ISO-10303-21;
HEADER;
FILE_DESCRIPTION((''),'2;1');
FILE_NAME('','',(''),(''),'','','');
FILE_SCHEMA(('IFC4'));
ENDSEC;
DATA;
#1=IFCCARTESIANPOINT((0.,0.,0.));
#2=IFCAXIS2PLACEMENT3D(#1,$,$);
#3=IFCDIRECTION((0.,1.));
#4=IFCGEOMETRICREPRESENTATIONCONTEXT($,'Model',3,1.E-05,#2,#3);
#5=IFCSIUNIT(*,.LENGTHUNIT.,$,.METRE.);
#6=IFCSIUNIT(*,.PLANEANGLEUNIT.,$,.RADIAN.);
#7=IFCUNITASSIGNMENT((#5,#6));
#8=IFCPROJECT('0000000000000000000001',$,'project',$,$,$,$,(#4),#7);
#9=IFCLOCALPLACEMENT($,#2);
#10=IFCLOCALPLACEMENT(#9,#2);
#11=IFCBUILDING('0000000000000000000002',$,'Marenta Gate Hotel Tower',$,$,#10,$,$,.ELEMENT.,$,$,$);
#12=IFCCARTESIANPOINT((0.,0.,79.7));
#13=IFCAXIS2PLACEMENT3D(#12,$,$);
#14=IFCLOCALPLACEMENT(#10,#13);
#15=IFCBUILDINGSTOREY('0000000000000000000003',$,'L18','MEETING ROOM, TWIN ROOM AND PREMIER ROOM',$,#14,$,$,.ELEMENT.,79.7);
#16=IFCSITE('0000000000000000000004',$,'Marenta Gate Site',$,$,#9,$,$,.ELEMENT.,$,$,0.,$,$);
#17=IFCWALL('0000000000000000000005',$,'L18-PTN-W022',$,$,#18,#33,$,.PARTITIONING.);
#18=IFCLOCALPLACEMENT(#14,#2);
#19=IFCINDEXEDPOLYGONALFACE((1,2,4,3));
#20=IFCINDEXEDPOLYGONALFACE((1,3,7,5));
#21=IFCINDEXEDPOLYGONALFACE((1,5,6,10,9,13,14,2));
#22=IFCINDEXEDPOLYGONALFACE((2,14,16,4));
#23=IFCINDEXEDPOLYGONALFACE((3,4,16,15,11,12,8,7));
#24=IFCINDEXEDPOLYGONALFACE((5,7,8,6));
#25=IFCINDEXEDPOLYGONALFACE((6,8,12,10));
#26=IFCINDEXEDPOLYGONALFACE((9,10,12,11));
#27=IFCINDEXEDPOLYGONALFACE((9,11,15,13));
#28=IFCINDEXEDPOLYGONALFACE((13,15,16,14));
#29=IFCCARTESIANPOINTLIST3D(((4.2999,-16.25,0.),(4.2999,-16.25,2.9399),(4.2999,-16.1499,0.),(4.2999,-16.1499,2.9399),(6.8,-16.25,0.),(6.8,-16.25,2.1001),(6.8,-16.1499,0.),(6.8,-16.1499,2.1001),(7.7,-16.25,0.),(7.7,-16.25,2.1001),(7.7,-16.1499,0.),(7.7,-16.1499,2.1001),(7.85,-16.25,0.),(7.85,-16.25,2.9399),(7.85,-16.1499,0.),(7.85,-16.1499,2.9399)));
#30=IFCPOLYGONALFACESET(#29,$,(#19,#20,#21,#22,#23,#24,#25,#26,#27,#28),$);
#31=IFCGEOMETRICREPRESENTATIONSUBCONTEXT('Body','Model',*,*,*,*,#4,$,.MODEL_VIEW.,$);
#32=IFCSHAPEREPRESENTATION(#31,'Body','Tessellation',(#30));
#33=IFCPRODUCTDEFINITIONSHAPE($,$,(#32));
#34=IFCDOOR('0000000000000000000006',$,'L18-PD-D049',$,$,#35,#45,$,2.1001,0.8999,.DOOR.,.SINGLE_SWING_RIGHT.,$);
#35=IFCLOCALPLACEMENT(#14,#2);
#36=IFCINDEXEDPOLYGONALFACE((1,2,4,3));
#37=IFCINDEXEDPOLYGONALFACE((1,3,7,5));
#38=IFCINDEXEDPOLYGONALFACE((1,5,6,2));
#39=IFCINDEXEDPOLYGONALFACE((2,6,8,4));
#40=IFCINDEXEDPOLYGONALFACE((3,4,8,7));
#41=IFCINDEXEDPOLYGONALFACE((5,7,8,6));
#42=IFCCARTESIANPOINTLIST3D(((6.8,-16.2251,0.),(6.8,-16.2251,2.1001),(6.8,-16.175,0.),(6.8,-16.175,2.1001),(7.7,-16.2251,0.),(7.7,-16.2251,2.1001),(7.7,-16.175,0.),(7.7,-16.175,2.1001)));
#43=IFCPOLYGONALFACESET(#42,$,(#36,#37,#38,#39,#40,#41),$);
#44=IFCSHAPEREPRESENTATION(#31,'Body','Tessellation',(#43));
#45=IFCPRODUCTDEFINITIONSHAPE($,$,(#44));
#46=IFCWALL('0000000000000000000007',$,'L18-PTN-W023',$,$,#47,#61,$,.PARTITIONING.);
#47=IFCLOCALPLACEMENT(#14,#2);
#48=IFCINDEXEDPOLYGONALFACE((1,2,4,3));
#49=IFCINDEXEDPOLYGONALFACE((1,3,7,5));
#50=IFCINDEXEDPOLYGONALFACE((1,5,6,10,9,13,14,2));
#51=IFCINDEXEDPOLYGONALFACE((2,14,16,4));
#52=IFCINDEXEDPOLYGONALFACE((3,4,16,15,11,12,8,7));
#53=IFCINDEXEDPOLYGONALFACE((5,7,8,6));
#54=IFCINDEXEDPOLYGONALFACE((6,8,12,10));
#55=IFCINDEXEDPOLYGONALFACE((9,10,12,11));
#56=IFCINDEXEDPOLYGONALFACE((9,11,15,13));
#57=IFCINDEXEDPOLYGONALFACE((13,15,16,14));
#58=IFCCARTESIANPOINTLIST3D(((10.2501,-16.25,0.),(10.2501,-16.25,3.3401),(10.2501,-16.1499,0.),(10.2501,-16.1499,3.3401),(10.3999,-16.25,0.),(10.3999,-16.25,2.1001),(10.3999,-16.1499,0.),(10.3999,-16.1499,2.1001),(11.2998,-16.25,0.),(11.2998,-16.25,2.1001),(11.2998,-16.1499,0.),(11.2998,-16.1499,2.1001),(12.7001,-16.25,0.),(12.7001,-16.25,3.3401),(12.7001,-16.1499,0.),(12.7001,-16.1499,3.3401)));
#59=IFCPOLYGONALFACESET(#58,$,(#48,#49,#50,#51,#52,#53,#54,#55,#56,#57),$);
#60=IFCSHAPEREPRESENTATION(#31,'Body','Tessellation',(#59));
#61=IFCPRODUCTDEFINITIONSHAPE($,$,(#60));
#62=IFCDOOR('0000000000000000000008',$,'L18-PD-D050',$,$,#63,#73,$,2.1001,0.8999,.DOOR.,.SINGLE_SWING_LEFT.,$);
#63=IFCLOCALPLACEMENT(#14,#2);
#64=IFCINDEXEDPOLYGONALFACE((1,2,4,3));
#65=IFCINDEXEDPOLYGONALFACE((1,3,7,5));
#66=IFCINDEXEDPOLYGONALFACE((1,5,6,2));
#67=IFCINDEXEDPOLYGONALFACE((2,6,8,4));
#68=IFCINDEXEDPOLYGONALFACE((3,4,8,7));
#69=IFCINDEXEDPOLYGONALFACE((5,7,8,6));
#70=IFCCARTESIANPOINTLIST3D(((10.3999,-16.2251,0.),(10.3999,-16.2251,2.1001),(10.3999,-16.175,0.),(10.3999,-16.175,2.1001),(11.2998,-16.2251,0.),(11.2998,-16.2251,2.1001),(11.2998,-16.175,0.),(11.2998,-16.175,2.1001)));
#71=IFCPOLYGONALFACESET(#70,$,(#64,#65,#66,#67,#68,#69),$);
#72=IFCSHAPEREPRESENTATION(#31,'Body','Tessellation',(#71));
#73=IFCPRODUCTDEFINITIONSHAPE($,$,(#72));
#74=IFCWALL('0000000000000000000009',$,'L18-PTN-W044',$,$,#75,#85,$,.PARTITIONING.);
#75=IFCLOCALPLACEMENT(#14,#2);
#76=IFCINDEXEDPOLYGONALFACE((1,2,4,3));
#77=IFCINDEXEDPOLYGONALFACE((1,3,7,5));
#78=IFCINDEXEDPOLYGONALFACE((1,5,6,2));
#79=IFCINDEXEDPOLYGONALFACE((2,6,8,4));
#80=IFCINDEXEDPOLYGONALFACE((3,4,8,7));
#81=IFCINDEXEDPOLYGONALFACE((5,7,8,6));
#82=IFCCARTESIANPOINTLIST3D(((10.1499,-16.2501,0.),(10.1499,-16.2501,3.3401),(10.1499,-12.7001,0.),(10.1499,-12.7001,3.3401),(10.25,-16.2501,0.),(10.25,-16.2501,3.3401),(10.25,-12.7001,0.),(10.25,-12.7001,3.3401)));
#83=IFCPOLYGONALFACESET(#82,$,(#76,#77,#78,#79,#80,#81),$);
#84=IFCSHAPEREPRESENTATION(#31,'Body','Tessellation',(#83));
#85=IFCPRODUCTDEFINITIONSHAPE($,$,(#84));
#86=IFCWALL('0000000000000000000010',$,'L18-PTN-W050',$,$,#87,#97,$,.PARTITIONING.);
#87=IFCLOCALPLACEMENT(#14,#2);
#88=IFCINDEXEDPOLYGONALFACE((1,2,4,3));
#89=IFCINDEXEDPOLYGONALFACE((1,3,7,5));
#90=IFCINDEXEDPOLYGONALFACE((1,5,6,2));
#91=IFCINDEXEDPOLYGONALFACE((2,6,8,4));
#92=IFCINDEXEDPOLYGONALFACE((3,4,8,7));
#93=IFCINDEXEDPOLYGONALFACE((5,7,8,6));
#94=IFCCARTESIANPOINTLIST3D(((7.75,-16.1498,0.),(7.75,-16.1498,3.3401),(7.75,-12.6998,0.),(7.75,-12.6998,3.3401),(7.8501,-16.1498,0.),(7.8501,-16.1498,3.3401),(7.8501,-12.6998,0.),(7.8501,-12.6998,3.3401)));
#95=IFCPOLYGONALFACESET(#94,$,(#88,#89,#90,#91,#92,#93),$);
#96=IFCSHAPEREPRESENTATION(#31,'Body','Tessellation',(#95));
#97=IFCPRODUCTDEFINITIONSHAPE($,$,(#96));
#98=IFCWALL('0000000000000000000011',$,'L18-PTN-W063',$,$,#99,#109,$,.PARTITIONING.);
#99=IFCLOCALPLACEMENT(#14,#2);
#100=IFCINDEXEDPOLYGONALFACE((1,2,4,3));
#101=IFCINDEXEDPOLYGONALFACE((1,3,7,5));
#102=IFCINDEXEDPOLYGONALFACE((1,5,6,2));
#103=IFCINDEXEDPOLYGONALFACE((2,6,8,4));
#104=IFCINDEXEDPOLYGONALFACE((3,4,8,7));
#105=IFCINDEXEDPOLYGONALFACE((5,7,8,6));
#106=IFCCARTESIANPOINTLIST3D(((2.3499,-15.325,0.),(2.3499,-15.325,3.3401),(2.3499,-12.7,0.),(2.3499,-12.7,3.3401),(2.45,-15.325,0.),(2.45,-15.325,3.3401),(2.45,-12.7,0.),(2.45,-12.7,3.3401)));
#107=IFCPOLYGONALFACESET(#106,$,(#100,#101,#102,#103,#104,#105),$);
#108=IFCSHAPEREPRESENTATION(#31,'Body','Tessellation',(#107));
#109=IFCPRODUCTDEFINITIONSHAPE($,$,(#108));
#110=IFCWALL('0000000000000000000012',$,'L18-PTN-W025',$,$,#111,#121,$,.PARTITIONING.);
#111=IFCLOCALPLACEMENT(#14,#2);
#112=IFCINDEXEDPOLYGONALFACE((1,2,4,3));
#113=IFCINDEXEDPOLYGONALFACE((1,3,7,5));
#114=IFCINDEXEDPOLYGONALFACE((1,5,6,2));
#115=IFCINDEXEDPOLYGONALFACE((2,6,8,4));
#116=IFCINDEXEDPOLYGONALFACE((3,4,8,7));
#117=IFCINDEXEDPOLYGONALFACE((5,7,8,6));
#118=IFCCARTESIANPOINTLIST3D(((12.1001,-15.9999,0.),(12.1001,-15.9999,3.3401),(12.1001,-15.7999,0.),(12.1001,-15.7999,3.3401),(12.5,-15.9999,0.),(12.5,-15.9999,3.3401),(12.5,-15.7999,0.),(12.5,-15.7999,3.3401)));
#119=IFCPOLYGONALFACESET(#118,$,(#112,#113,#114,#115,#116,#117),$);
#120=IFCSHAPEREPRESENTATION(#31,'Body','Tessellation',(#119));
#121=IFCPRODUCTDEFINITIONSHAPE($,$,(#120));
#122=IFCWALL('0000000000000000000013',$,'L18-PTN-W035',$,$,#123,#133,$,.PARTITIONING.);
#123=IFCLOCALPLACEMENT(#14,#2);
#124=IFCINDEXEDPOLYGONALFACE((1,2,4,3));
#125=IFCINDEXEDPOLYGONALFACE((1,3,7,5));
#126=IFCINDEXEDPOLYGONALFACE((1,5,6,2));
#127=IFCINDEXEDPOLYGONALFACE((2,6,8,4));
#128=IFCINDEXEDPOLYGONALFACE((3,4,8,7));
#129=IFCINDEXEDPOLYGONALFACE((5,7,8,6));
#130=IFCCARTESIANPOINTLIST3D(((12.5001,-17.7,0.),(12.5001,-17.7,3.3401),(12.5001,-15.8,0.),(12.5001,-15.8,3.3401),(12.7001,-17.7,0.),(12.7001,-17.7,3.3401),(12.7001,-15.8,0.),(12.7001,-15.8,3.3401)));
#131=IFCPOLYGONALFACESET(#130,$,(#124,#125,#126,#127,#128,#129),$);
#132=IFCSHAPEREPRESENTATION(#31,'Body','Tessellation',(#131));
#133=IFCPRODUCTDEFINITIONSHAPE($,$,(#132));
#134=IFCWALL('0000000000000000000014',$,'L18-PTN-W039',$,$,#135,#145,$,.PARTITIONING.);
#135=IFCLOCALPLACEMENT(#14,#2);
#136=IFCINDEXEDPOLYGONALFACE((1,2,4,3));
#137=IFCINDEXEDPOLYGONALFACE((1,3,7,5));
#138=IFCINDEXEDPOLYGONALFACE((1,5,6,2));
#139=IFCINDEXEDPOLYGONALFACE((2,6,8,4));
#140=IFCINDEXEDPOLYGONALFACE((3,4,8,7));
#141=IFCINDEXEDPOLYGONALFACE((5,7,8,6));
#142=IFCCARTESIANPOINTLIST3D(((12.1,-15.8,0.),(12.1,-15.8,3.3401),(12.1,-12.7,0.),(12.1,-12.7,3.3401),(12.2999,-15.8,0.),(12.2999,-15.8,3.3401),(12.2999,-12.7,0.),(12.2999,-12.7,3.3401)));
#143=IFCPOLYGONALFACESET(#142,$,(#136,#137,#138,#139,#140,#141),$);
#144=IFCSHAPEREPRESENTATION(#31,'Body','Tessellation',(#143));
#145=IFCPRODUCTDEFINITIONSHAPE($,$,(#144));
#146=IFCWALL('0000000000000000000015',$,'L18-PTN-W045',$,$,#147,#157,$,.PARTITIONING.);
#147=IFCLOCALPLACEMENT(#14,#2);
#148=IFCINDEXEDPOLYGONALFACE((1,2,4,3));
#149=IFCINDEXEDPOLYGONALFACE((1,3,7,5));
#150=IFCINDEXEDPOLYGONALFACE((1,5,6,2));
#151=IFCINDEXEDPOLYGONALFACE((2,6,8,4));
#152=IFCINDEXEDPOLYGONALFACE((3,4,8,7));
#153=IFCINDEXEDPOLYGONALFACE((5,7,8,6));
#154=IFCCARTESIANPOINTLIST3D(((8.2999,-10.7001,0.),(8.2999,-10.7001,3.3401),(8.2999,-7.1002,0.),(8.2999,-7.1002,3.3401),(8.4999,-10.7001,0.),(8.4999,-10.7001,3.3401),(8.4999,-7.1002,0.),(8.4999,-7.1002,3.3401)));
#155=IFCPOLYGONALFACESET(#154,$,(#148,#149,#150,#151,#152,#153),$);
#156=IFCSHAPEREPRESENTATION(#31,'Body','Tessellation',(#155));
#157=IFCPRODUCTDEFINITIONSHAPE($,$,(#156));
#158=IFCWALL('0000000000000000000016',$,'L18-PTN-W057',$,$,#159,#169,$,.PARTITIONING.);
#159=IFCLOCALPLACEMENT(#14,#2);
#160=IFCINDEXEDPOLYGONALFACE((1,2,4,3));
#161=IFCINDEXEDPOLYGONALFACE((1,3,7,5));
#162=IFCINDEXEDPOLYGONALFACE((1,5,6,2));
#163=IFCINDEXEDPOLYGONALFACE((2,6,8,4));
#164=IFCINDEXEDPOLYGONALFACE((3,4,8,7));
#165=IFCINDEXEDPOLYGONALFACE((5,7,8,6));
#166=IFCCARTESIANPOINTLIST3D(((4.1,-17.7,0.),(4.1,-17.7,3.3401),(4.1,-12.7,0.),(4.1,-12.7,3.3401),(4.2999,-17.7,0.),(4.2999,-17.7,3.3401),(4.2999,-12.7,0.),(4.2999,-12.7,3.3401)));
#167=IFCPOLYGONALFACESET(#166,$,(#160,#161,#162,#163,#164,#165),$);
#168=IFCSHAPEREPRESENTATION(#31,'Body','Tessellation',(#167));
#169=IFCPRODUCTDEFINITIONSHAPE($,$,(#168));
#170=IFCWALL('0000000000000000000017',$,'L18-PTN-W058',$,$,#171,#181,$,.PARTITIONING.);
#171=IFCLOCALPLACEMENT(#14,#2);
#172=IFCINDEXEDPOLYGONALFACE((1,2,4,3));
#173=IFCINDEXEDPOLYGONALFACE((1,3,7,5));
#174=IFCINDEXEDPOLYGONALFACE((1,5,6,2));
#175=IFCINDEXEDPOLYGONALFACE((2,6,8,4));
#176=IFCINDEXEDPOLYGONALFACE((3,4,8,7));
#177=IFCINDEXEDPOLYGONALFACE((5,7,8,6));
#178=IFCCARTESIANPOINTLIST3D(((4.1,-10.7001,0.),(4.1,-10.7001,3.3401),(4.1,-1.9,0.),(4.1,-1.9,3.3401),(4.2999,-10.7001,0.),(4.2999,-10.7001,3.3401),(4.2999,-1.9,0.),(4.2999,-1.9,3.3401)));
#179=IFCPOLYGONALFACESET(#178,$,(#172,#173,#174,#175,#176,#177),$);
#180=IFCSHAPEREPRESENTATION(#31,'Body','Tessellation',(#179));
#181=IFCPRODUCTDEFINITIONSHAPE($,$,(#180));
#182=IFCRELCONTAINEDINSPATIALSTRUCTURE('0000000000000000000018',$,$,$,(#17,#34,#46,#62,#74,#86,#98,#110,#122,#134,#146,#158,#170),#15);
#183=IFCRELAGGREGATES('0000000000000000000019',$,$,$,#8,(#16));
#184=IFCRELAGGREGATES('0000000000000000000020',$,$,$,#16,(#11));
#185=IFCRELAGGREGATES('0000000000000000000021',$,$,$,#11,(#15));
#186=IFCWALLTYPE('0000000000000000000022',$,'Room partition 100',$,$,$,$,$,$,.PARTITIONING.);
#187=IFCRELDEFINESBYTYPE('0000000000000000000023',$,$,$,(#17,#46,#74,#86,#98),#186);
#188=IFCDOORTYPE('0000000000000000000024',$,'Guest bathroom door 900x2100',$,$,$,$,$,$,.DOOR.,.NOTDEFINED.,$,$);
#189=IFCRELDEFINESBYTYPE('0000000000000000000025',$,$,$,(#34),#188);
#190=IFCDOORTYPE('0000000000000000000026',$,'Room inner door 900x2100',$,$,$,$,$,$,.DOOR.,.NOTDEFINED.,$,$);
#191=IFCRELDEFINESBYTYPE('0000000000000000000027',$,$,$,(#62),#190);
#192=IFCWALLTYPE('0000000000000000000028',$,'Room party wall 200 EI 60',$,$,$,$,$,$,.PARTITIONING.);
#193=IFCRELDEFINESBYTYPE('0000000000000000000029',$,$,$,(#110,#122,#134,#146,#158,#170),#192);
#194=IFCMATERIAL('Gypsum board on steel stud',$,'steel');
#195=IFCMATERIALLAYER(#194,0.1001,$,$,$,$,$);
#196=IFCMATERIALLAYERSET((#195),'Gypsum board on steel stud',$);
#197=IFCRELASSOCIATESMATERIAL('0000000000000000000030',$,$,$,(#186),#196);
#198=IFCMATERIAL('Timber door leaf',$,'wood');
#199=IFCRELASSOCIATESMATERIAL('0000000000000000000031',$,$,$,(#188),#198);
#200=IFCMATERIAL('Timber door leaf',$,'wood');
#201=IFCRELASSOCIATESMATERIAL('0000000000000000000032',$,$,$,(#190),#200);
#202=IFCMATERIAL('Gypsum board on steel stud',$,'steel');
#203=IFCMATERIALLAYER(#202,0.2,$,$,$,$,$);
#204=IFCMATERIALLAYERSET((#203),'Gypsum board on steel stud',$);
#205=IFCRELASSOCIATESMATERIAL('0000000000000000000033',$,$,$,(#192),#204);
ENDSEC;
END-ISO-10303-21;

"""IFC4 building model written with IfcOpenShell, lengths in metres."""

from ifc_helpers import new_model, si_unit, direction, frame, frame_2d, origin, place, context, subcontext, project, spatial, rectangle, extrude, material, layer, layer_set, type_object, element, fill, save


model = new_model("IFC4")

# Units and contexts
model_context = context("Model", 3, precision=1e-05, world=origin(), true_north=direction((0.0, 1.0)))
body_context = subcontext(model_context, "Body", "Model", "MODEL_VIEW")
ifc_project = project(units=[si_unit("LENGTHUNIT", "METRE"), si_unit("PLANEANGLEUNIT", "RADIAN")], contexts=[model_context])

# Site, building, storey
site_placement = place(None, origin())
site = spatial("IfcSite", under=ifc_project, at=site_placement, Name="Marenta Gate Site", CompositionType="ELEMENT", RefElevation=0.0)
building_placement = place(site_placement, origin())
building = spatial("IfcBuilding", under=site, at=building_placement, Name="Marenta Gate Hotel Tower", CompositionType="ELEMENT")
storey_placement = place(building_placement, frame((0.0, 0.0, 79.7)))
storey = spatial("IfcBuildingStorey", under=building, at=storey_placement, Name="L18", Description="MEETING ROOM, TWIN ROOM AND PREMIER ROOM", CompositionType="ELEMENT", Elevation=79.7)

# Walls, openings, doors
ifc_material_1 = material(Name="Gypsum board on steel stud", Category="steel")
ifc_layer_1 = layer(ifc_material_1, 0.1001)
ifc_layer_set_1 = layer_set([ifc_layer_1], Name="Gypsum board on steel stud")
wall_type_1 = type_object("IfcWallType", Name="Room partition 100", PredefinedType="PARTITIONING", material=ifc_layer_set_1)
wall_1_placement = place(storey_placement, frame((4.3, -16.2, 0.0), z_axis=(0.0, 0.0, 1.0), x_axis=(1.0, 0.0, 0.0)))
wall_1 = element("IfcWall", 1, at=wall_1_placement, inside=storey, type_object=wall_type_1, Name="L18-PTN-W022", PredefinedType="PARTITIONING", context=body_context, shape_type="SweptSolid", body=[
    extrude(rectangle(XDim=3.55, YDim=0.1001, at=frame_2d((1.7749, 0.0))), origin(), (0.0, 0.0, 1.0), 2.9399),
])
opening_1_placement = place(wall_1_placement, frame((2.5, 0.0, 0.0)))
opening_1 = element("IfcOpeningElement", 2, at=opening_1_placement, cuts=wall_1, PredefinedType="OPENING", context=body_context, shape_type="SweptSolid", body=[
    extrude(rectangle(XDim=0.8999, YDim=2.1001, at=frame_2d((0.45, 1.05))), frame((0.0, 0.05, 0.0), z_axis=(0.0, -1.0, 0.0), x_axis=(1.0, 0.0, 0.0)), (0.0, 0.0, 1.0), 0.1001),
])
ifc_material_2 = material(Name="Timber door leaf", Category="wood")
door_type_1 = type_object("IfcDoorType", Name="Guest bathroom door 900x2100", OperationType="NOTDEFINED", PredefinedType="DOOR", material=ifc_material_2)
door_1_placement = place(opening_1_placement, origin())
door_1 = element("IfcDoor", 3, at=door_1_placement, inside=storey, type_object=door_type_1, Name="L18-PD-D049", OperationType="SINGLE_SWING_RIGHT", OverallHeight=2.1001, OverallWidth=0.8999, PredefinedType="DOOR", context=body_context, shape_type="SweptSolid", body=[
    extrude(rectangle(XDim=0.8999, YDim=2.1001, at=frame_2d((0.45, 1.05))), frame((0.0, 0.0249, 0.0), z_axis=(0.0, -1.0, 0.0), x_axis=(1.0, 0.0, 0.0)), (0.0, 0.0, 1.0), 0.05),
])
fill(opening_1, door_1)
wall_2_placement = place(storey_placement, frame((10.25, -16.2, 0.0), z_axis=(0.0, 0.0, 1.0), x_axis=(1.0, 0.0, 0.0)))
wall_2 = element("IfcWall", 4, at=wall_2_placement, inside=storey, type_object=wall_type_1, Name="L18-PTN-W023", PredefinedType="PARTITIONING", context=body_context, shape_type="SweptSolid", body=[
    extrude(rectangle(XDim=2.45, YDim=0.1001, at=frame_2d((1.2251, 0.0))), origin(), (0.0, 0.0, 1.0), 3.3401),
])
opening_2_placement = place(wall_2_placement, frame((0.1499, 0.0, 0.0)))
opening_2 = element("IfcOpeningElement", 5, at=opening_2_placement, cuts=wall_2, PredefinedType="OPENING", context=body_context, shape_type="SweptSolid", body=[
    extrude(rectangle(XDim=0.8999, YDim=2.1001, at=frame_2d((0.45, 1.05))), frame((0.0, 0.05, 0.0), z_axis=(0.0, -1.0, 0.0), x_axis=(1.0, 0.0, 0.0)), (0.0, 0.0, 1.0), 0.1001),
])
ifc_material_3 = material(Name="Timber door leaf", Category="wood")
door_type_2 = type_object("IfcDoorType", Name="Room inner door 900x2100", OperationType="NOTDEFINED", PredefinedType="DOOR", material=ifc_material_3)
door_2_placement = place(opening_2_placement, origin())
door_2 = element("IfcDoor", 6, at=door_2_placement, inside=storey, type_object=door_type_2, Name="L18-PD-D050", OperationType="SINGLE_SWING_LEFT", OverallHeight=2.1001, OverallWidth=0.8999, PredefinedType="DOOR", context=body_context, shape_type="SweptSolid", body=[
    extrude(rectangle(XDim=0.8999, YDim=2.1001, at=frame_2d((0.45, 1.05))), frame((0.0, 0.0249, 0.0), z_axis=(0.0, -1.0, 0.0), x_axis=(1.0, 0.0, 0.0)), (0.0, 0.0, 1.0), 0.05),
])
fill(opening_2, door_2)

# Walls
wall_3_placement = place(storey_placement, frame((10.2, -16.25, 0.0), z_axis=(0.0, 0.0, 1.0), x_axis=(0.0, 1.0, 0.0)))
element("IfcWall", 7, at=wall_3_placement, inside=storey, type_object=wall_type_1, Name="L18-PTN-W044", PredefinedType="PARTITIONING", context=body_context, shape_type="SweptSolid", body=[
    extrude(rectangle(XDim=3.55, YDim=0.1001, at=frame_2d((1.7749, 0.0))), origin(), (0.0, 0.0, 1.0), 3.3401),
])
wall_4_placement = place(storey_placement, frame((7.8, -16.1499, 0.0), z_axis=(0.0, 0.0, 1.0), x_axis=(0.0, 1.0, 0.0)))
element("IfcWall", 8, at=wall_4_placement, inside=storey, type_object=wall_type_1, Name="L18-PTN-W050", PredefinedType="PARTITIONING", context=body_context, shape_type="SweptSolid", body=[
    extrude(rectangle(XDim=3.45, YDim=0.1001, at=frame_2d((1.7251, 0.0))), origin(), (0.0, 0.0, 1.0), 3.3401),
])
wall_5_placement = place(storey_placement, frame((2.3999, -15.325, 0.0), z_axis=(0.0, 0.0, 1.0), x_axis=(0.0, 1.0, 0.0)))
element("IfcWall", 9, at=wall_5_placement, inside=storey, type_object=wall_type_1, Name="L18-PTN-W063", PredefinedType="PARTITIONING", context=body_context, shape_type="SweptSolid", body=[
    extrude(rectangle(XDim=2.625, YDim=0.1001, at=frame_2d((1.3125, 0.0))), origin(), (0.0, 0.0, 1.0), 3.3401),
])
ifc_material_4 = material(Name="Gypsum board on steel stud", Category="steel")
ifc_layer_2 = layer(ifc_material_4, 0.2)
ifc_layer_set_2 = layer_set([ifc_layer_2], Name="Gypsum board on steel stud")
wall_type_2 = type_object("IfcWallType", Name="Room party wall 200 EI 60", PredefinedType="PARTITIONING", material=ifc_layer_set_2)
wall_6_placement = place(storey_placement, frame((12.1001, -15.8999, 0.0), z_axis=(0.0, 0.0, 1.0), x_axis=(1.0, 0.0, 0.0)))
element("IfcWall", 10, at=wall_6_placement, inside=storey, type_object=wall_type_2, Name="L18-PTN-W025", PredefinedType="PARTITIONING", context=body_context, shape_type="SweptSolid", body=[
    extrude(rectangle(XDim=0.3999, YDim=0.2, at=frame_2d((0.2, 0.0))), origin(), (0.0, 0.0, 1.0), 3.3401),
])
wall_7_placement = place(storey_placement, frame((12.6001, -17.7, 0.0), z_axis=(0.0, 0.0, 1.0), x_axis=(0.0, 1.0, 0.0)))
element("IfcWall", 11, at=wall_7_placement, inside=storey, type_object=wall_type_2, Name="L18-PTN-W035", PredefinedType="PARTITIONING", context=body_context, shape_type="SweptSolid", body=[
    extrude(rectangle(XDim=1.8999, YDim=0.2, at=frame_2d((0.95, 0.0))), origin(), (0.0, 0.0, 1.0), 3.3401),
])
wall_8_placement = place(storey_placement, frame((12.2, -15.8, 0.0), z_axis=(0.0, 0.0, 1.0), x_axis=(0.0, 1.0, 0.0)))
element("IfcWall", 12, at=wall_8_placement, inside=storey, type_object=wall_type_2, Name="L18-PTN-W039", PredefinedType="PARTITIONING", context=body_context, shape_type="SweptSolid", body=[
    extrude(rectangle(XDim=3.1001, YDim=0.2, at=frame_2d((1.55, 0.0))), origin(), (0.0, 0.0, 1.0), 3.3401),
])
wall_9_placement = place(storey_placement, frame((8.3999, -10.7, 0.0), z_axis=(0.0, 0.0, 1.0), x_axis=(0.0, 1.0, 0.0)))
element("IfcWall", 13, at=wall_9_placement, inside=storey, type_object=wall_type_2, Name="L18-PTN-W045", PredefinedType="PARTITIONING", context=body_context, shape_type="SweptSolid", body=[
    extrude(rectangle(XDim=3.5999, YDim=0.2, at=frame_2d((1.7998, 0.0))), origin(), (0.0, 0.0, 1.0), 3.3401),
])
wall_10_placement = place(storey_placement, frame((4.2, -17.7, 0.0), z_axis=(0.0, 0.0, 1.0), x_axis=(0.0, 1.0, 0.0)))
element("IfcWall", 14, at=wall_10_placement, inside=storey, type_object=wall_type_2, Name="L18-PTN-W057", PredefinedType="PARTITIONING", context=body_context, shape_type="SweptSolid", body=[
    extrude(rectangle(XDim=5.0, YDim=0.2, at=frame_2d((2.5, 0.0))), origin(), (0.0, 0.0, 1.0), 3.3401),
])
wall_11_placement = place(storey_placement, frame((4.2, -10.7, 0.0), z_axis=(0.0, 0.0, 1.0), x_axis=(0.0, 1.0, 0.0)))
element("IfcWall", 15, at=wall_11_placement, inside=storey, type_object=wall_type_2, Name="L18-PTN-W058", PredefinedType="PARTITIONING", context=body_context, shape_type="SweptSolid", body=[
    extrude(rectangle(XDim=8.8, YDim=0.2, at=frame_2d((4.3999, 0.0))), origin(), (0.0, 0.0, 1.0), 3.3401),
])

save(model, "model.ifc")
